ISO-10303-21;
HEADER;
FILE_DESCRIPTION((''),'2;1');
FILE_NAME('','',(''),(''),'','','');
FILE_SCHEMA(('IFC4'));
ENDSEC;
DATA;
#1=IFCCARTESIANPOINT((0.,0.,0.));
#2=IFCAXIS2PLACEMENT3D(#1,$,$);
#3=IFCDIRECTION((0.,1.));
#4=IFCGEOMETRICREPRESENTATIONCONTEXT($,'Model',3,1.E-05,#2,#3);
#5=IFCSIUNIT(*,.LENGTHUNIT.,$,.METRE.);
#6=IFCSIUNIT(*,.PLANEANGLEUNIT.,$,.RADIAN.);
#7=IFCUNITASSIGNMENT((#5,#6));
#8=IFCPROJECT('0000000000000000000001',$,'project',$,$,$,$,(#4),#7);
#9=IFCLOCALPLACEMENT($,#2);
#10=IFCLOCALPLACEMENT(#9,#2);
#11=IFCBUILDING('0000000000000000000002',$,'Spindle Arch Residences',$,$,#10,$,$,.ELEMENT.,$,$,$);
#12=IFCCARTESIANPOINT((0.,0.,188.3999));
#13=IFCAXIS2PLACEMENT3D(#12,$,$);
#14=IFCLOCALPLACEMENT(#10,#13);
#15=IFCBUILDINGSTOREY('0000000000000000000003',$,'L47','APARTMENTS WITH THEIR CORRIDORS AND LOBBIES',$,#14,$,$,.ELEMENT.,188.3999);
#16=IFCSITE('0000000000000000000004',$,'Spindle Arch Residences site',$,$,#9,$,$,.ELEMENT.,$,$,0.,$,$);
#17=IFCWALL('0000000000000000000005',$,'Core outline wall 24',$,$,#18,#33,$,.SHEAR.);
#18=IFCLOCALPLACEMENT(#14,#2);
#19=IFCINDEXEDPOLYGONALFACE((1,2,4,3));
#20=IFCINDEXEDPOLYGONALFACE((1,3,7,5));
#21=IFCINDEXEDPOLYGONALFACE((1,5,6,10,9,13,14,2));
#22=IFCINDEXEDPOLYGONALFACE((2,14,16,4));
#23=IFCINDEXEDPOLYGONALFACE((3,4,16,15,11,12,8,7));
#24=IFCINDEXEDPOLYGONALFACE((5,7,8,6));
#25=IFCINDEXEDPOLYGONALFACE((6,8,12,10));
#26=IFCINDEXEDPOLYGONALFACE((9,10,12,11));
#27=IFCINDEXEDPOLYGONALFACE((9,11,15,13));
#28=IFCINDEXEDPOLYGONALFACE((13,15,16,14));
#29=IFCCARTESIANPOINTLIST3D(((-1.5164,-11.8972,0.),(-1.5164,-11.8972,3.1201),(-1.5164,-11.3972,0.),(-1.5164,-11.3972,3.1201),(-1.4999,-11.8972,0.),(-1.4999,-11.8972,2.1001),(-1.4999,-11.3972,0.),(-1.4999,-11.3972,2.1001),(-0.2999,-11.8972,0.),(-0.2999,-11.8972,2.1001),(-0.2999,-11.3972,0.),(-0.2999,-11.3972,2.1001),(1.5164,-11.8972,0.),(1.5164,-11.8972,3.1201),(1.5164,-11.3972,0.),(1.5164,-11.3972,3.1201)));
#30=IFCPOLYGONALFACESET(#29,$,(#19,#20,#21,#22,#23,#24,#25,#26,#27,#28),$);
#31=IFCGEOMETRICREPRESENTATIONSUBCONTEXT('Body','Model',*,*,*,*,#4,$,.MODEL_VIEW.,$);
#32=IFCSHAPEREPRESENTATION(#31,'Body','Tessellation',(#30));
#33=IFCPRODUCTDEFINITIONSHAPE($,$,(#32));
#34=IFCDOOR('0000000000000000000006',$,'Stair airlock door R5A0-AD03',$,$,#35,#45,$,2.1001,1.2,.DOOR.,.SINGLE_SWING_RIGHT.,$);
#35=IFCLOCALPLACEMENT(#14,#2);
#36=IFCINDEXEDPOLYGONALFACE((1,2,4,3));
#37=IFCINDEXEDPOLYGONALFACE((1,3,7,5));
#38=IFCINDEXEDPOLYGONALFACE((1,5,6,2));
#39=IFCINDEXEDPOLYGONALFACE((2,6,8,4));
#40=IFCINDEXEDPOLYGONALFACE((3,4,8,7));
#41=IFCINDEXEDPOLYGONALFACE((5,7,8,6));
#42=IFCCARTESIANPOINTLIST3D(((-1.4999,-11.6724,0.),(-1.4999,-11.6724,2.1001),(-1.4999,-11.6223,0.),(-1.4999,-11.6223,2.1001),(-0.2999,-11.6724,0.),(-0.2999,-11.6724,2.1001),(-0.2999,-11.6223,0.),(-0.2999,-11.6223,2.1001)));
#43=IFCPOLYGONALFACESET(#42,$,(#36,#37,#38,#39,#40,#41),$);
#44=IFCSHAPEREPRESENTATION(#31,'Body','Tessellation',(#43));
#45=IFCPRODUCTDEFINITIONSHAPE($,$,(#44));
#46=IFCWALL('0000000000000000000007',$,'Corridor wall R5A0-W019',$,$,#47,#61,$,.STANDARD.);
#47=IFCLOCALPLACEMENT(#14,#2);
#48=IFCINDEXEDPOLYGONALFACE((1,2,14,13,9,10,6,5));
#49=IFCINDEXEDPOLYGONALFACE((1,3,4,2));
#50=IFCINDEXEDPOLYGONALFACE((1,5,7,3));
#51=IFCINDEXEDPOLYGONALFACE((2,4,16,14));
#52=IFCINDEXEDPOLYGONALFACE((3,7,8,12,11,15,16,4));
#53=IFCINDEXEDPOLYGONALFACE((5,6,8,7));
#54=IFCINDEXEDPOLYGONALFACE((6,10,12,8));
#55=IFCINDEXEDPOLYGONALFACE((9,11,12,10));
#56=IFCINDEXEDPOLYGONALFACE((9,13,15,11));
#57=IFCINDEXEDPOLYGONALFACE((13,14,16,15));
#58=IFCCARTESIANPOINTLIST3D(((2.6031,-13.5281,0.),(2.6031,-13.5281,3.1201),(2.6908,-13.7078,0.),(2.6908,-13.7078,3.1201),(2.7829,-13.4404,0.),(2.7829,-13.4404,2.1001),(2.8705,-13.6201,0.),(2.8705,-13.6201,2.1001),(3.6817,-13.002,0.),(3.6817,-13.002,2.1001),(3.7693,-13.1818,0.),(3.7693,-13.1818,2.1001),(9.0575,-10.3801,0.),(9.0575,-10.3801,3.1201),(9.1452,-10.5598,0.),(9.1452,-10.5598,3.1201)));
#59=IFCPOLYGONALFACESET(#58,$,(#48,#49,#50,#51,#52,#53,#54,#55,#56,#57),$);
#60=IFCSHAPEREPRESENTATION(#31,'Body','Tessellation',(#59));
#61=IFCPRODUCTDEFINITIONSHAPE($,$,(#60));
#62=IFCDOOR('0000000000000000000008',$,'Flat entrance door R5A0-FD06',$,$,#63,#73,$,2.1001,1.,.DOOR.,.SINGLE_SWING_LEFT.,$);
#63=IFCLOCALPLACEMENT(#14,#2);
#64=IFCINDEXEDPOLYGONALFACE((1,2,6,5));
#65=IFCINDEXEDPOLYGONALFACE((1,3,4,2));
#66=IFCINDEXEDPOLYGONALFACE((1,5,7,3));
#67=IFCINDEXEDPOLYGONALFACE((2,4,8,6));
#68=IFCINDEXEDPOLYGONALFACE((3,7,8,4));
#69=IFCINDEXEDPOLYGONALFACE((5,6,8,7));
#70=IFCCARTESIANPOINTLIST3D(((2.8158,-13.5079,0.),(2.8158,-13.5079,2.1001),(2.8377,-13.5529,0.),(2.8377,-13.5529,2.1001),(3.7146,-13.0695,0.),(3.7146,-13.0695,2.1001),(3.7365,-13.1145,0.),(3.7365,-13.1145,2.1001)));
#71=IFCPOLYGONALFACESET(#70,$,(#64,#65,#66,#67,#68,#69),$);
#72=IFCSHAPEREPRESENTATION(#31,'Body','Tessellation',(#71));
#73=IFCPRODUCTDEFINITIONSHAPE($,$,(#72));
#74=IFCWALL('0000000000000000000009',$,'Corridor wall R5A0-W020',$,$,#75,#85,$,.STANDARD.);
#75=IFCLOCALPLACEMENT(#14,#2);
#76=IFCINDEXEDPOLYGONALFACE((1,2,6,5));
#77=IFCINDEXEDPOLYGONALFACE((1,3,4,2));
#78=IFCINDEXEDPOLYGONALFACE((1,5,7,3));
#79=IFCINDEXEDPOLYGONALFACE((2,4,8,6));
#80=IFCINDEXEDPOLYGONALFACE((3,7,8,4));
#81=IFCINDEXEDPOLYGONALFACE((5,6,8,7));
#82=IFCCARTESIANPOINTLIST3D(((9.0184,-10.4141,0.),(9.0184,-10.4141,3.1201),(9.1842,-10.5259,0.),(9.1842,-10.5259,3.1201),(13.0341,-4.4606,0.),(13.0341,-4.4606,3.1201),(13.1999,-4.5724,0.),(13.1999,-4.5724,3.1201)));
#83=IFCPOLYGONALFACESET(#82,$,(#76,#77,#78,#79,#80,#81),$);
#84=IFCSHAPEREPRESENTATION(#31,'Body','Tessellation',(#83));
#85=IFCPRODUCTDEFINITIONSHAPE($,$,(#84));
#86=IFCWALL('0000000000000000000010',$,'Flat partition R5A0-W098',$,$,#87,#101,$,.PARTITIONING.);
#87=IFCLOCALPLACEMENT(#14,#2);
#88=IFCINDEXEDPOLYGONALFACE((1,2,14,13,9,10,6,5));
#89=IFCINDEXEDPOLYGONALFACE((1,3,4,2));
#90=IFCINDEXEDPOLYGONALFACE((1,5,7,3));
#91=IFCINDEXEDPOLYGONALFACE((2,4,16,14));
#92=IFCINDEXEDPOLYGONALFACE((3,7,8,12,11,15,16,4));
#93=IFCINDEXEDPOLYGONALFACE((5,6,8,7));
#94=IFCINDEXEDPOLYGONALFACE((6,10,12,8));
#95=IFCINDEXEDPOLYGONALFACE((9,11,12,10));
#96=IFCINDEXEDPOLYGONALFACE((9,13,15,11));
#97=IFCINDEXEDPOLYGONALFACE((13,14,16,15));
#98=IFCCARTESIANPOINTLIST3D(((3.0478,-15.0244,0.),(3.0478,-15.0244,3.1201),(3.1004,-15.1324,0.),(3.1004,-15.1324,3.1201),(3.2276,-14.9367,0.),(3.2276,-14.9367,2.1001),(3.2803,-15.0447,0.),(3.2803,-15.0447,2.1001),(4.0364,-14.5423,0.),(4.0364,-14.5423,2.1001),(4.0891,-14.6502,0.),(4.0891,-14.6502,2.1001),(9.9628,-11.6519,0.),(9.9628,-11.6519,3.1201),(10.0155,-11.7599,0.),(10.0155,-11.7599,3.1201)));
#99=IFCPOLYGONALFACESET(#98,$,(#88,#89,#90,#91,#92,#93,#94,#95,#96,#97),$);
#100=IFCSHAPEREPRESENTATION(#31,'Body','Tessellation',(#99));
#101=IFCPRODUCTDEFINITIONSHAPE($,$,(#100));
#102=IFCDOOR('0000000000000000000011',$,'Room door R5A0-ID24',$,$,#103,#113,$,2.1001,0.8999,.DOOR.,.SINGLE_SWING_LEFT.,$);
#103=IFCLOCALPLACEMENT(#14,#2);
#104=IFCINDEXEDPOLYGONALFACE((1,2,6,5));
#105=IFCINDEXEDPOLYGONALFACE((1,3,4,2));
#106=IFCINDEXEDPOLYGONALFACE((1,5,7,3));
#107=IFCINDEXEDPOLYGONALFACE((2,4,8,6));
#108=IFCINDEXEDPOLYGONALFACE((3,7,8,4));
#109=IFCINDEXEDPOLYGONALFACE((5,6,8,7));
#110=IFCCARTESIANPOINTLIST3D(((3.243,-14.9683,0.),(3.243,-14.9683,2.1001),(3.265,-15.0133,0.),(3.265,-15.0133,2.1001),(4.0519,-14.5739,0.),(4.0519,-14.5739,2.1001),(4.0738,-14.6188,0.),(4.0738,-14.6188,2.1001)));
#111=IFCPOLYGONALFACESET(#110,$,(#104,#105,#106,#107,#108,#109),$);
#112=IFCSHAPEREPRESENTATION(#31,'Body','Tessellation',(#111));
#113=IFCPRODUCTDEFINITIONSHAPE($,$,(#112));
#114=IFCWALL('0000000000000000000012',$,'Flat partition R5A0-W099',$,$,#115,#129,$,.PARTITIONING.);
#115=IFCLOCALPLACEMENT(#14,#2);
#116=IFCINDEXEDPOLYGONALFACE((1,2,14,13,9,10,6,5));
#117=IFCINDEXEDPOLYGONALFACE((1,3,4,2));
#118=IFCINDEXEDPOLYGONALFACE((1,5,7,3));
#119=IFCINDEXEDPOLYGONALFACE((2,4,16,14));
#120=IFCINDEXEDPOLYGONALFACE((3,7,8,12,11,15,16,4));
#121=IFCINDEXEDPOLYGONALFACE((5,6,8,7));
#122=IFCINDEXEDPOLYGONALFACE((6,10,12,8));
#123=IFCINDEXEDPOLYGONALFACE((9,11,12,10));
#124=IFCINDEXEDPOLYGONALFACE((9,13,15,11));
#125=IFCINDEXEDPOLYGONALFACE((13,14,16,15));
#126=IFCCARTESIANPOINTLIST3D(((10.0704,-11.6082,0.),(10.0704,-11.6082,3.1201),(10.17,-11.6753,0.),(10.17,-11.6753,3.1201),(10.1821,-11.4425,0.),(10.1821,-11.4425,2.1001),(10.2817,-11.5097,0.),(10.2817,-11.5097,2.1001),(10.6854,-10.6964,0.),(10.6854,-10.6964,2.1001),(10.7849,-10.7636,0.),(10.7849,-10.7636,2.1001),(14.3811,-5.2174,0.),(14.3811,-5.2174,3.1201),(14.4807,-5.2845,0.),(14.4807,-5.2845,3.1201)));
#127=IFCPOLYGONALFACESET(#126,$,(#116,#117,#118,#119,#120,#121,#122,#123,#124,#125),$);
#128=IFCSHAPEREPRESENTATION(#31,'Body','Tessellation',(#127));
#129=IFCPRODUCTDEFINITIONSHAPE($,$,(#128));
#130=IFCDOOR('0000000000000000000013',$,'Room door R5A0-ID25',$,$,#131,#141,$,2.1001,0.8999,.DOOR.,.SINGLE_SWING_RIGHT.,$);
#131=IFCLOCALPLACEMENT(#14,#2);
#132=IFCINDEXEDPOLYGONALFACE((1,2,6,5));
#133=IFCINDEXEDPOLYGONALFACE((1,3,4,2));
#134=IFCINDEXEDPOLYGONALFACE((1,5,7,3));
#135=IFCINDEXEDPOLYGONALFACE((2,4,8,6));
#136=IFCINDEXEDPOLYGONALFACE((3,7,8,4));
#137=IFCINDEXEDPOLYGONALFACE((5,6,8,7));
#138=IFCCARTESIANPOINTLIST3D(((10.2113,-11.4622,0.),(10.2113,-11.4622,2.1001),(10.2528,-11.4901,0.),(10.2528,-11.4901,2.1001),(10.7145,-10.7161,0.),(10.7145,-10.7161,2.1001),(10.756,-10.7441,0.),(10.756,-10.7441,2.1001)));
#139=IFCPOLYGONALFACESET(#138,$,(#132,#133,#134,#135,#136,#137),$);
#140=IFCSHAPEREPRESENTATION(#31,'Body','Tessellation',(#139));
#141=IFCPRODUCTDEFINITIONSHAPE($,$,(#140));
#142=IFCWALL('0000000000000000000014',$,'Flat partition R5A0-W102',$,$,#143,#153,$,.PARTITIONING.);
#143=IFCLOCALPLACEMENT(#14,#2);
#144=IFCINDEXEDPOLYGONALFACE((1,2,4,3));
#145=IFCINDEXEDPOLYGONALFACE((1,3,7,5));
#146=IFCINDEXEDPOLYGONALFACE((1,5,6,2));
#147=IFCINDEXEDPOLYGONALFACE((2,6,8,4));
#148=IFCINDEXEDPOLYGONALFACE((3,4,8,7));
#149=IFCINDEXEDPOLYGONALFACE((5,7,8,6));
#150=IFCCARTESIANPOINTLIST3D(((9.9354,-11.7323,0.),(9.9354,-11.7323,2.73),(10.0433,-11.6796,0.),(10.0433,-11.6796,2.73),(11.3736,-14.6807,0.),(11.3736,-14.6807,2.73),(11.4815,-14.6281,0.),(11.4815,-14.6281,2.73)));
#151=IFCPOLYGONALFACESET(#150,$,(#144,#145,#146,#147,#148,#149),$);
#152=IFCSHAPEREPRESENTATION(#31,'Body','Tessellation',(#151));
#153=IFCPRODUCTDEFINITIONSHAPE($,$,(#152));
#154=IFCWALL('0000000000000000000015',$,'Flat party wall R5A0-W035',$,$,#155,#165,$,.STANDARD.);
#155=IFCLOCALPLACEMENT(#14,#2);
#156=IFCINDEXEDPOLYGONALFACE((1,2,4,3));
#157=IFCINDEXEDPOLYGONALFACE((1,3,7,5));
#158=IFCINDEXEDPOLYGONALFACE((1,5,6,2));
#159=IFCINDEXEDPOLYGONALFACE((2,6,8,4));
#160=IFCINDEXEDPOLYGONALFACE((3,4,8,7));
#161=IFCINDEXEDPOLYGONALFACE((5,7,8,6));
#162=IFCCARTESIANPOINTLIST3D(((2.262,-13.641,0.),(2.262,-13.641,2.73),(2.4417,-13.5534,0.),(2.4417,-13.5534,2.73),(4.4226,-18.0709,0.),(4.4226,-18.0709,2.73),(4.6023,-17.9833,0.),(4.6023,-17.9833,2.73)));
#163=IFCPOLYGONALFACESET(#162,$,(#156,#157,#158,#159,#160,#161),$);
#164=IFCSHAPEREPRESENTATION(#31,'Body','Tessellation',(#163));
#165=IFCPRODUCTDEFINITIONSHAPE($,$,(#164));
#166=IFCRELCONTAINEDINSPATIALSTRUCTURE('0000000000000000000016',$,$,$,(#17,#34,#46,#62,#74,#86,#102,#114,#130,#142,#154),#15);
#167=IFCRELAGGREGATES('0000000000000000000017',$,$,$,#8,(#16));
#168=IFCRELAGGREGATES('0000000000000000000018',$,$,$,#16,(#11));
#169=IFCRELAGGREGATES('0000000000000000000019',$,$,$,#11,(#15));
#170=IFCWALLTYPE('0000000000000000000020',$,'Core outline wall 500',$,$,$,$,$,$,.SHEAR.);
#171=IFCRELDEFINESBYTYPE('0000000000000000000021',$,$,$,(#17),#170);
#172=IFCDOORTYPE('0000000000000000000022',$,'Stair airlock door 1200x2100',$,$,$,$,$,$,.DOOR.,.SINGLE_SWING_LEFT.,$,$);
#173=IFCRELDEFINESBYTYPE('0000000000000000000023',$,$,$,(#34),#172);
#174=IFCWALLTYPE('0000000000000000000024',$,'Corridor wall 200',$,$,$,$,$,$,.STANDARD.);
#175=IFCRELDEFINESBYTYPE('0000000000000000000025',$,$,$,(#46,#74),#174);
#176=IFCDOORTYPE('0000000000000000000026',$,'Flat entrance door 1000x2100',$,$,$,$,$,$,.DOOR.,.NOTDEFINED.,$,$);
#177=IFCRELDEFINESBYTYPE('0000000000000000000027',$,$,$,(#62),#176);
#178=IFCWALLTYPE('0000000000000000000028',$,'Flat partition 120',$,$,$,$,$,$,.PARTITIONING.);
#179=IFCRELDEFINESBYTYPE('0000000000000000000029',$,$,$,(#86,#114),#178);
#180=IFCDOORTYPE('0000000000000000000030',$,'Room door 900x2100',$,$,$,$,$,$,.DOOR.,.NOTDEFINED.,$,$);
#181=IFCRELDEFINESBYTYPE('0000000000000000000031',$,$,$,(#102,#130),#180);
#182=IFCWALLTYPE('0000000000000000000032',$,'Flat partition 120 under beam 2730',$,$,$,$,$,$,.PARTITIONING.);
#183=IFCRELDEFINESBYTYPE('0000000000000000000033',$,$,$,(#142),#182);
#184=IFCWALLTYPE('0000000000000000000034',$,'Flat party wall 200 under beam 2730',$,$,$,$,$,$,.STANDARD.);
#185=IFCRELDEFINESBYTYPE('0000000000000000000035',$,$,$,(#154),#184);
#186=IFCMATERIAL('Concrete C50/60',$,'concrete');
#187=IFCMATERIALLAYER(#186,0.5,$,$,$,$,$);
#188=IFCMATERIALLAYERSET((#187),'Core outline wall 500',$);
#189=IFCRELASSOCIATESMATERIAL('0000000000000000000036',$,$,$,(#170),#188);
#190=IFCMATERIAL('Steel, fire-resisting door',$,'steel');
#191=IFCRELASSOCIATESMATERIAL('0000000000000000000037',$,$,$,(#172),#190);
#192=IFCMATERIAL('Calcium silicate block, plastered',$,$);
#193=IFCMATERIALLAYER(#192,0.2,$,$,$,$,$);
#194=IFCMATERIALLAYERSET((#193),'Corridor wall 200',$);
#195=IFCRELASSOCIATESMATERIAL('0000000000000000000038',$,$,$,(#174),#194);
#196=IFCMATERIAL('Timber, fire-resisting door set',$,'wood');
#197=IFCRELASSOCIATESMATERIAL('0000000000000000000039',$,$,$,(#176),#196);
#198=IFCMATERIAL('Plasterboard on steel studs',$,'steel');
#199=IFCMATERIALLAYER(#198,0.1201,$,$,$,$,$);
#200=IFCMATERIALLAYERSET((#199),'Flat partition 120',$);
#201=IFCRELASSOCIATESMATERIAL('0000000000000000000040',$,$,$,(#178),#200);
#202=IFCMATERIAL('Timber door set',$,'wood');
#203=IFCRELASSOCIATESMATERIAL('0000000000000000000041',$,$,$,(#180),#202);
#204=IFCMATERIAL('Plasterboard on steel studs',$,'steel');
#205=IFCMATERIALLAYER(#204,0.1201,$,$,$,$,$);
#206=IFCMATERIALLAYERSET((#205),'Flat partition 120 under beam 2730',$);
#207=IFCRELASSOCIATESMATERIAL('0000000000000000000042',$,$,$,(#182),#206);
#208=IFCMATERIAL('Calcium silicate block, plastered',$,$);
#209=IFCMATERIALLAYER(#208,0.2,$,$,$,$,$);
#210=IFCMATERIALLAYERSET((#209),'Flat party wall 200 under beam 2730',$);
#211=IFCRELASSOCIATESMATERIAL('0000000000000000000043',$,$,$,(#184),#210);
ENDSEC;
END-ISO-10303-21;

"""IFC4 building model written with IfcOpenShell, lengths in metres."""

from ifc_helpers import new_model, si_unit, direction, frame, frame_2d, origin, place, context, subcontext, project, spatial, rectangle, extrude, material, layer, layer_set, type_object, element, fill, save


model = new_model("IFC4")

# Units and contexts
model_context = context("Model", 3, precision=1e-05, world=origin(), true_north=direction((0.0, 1.0)))
body_context = subcontext(model_context, "Body", "Model", "MODEL_VIEW")
ifc_project = project(units=[si_unit("LENGTHUNIT", "METRE"), si_unit("PLANEANGLEUNIT", "RADIAN")], contexts=[model_context])

# Site, building, storey
site_placement = place(None, origin())
site = spatial("IfcSite", under=ifc_project, at=site_placement, Name="Spindle Arch Residences site", CompositionType="ELEMENT", RefElevation=0.0)
building_placement = place(site_placement, origin())
building = spatial("IfcBuilding", under=site, at=building_placement, Name="Spindle Arch Residences", CompositionType="ELEMENT")
storey_placement = place(building_placement, frame((0.0, 0.0, 188.3999)))
storey = spatial("IfcBuildingStorey", under=building, at=storey_placement, Name="L47", Description="APARTMENTS WITH THEIR CORRIDORS AND LOBBIES", CompositionType="ELEMENT", Elevation=188.3999)

# Shared definitions
ifc_material_1 = material(Name="Concrete C50/60", Category="concrete")
ifc_layer_1 = layer(ifc_material_1, 0.5)
ifc_layer_set_1 = layer_set([ifc_layer_1], Name="Core outline wall 500")
wall_type_1 = type_object("IfcWallType", Name="Core outline wall 500", PredefinedType="SHEAR", material=ifc_layer_set_1)

# Walls, openings, doors
wall_1_placement = place(storey_placement, frame((-1.5164, -11.6472, 0.0), z_axis=(0.0, 0.0, 1.0), x_axis=(1.0, 0.0, 0.0)))
wall_1 = element("IfcWall", 1, at=wall_1_placement, inside=storey, type_object=wall_type_1, Name="Core outline wall 24", PredefinedType="SHEAR", context=body_context, shape_type="SweptSolid", body=[
    extrude(rectangle(XDim=3.0327, YDim=0.5, at=frame_2d((1.5164, 0.0))), origin(), (0.0, 0.0, 1.0), 3.1201),
])
opening_1_placement = place(wall_1_placement, frame((0.0164, 0.0, 0.0)))
opening_1 = element("IfcOpeningElement", 2, at=opening_1_placement, cuts=wall_1, PredefinedType="OPENING", context=body_context, shape_type="SweptSolid", body=[
    extrude(rectangle(XDim=1.2, YDim=2.1001, at=frame_2d((0.6001, 1.05))), frame((0.0, 0.26, 0.0), z_axis=(0.0, -1.0, 0.0), x_axis=(1.0, 0.0, 0.0)), (0.0, 0.0, 1.0), 0.52),
])
ifc_material_2 = material(Name="Steel, fire-resisting door", Category="steel")
door_type_1 = type_object("IfcDoorType", Name="Stair airlock door 1200x2100", OperationType="SINGLE_SWING_LEFT", PredefinedType="DOOR", material=ifc_material_2)
door_1_placement = place(opening_1_placement, origin())
door_1 = element("IfcDoor", 3, at=door_1_placement, inside=storey, type_object=door_type_1, Name="Stair airlock door R5A0-AD03", OperationType="SINGLE_SWING_RIGHT", OverallHeight=2.1001, OverallWidth=1.2, PredefinedType="DOOR", context=body_context, shape_type="SweptSolid", body=[
    extrude(rectangle(XDim=1.2, YDim=2.1001, at=frame_2d((0.6001, 1.05))), frame((0.0, 0.0249, 0.0), z_axis=(0.0, -1.0, 0.0), x_axis=(1.0, 0.0, 0.0)), (0.0, 0.0, 1.0), 0.05),
])
fill(opening_1, door_1)
ifc_material_3 = material(Name="Calcium silicate block, plastered")
ifc_layer_2 = layer(ifc_material_3, 0.2)
ifc_layer_set_2 = layer_set([ifc_layer_2], Name="Corridor wall 200")
wall_type_2 = type_object("IfcWallType", Name="Corridor wall 200", PredefinedType="STANDARD", material=ifc_layer_set_2)
wall_2_placement = place(storey_placement, frame((2.647, -13.6179, 0.0), z_axis=(0.0, 0.0, 1.0), x_axis=(0.898797, 0.438366, 0.0)))
wall_2 = element("IfcWall", 4, at=wall_2_placement, inside=storey, type_object=wall_type_2, Name="Corridor wall R5A0-W019", PredefinedType="STANDARD", context=body_context, shape_type="SweptSolid", body=[
    extrude(rectangle(XDim=7.1812, YDim=0.2, at=frame_2d((3.5906, 0.0))), origin(), (0.0, 0.0, 1.0), 3.1201),
])
opening_2_placement = place(wall_2_placement, frame((0.2, 0.0, 0.0)))
opening_2 = element("IfcOpeningElement", 5, at=opening_2_placement, cuts=wall_2, PredefinedType="OPENING", context=body_context, shape_type="SweptSolid", body=[
    extrude(rectangle(XDim=1.0, YDim=2.1001, at=frame_2d((0.5, 1.05))), frame((0.0, 0.1099, 0.0), z_axis=(0.0, -1.0, 0.0), x_axis=(1.0, 0.0, 0.0)), (0.0, 0.0, 1.0), 0.22),
])
ifc_material_4 = material(Name="Timber, fire-resisting door set", Category="wood")
door_type_2 = type_object("IfcDoorType", Name="Flat entrance door 1000x2100", OperationType="NOTDEFINED", PredefinedType="DOOR", material=ifc_material_4)
door_2_placement = place(opening_2_placement, origin())
door_2 = element("IfcDoor", 6, at=door_2_placement, inside=storey, type_object=door_type_2, Name="Flat entrance door R5A0-FD06", OperationType="SINGLE_SWING_LEFT", OverallHeight=2.1001, OverallWidth=1.0, PredefinedType="DOOR", context=body_context, shape_type="SweptSolid", body=[
    extrude(rectangle(XDim=1.0, YDim=2.1001, at=frame_2d((0.5, 1.05))), frame((0.0, 0.0249, 0.0), z_axis=(0.0, -1.0, 0.0), x_axis=(1.0, 0.0, 0.0)), (0.0, 0.0, 1.0), 0.05),
])
fill(opening_2, door_2)

# Wall
wall_3_placement = place(storey_placement, frame((9.1013, -10.47, 0.0), z_axis=(0.0, 0.0, 1.0), x_axis=(0.559195, 0.829036, 0.0)))
element("IfcWall", 7, at=wall_3_placement, inside=storey, type_object=wall_type_2, Name="Corridor wall R5A0-W020", PredefinedType="STANDARD", context=body_context, shape_type="SweptSolid", body=[
    extrude(rectangle(XDim=7.1812, YDim=0.2, at=frame_2d((3.5906, 0.0))), origin(), (0.0, 0.0, 1.0), 3.1201),
])

# Walls, openings, doors
ifc_material_5 = material(Name="Plasterboard on steel studs", Category="steel")
ifc_layer_3 = layer(ifc_material_5, 0.1201)
ifc_layer_set_3 = layer_set([ifc_layer_3], Name="Flat partition 120")
wall_type_3 = type_object("IfcWallType", Name="Flat partition 120", PredefinedType="PARTITIONING", material=ifc_layer_set_3)
wall_4_placement = place(storey_placement, frame((3.0742, -15.0784, 0.0), z_axis=(0.0, 0.0, 1.0), x_axis=(0.898801, 0.438357, 0.0)))
wall_4 = element("IfcWall", 8, at=wall_4_placement, inside=storey, type_object=wall_type_3, Name="Flat partition R5A0-W098", PredefinedType="PARTITIONING", context=body_context, shape_type="SweptSolid", body=[
    extrude(rectangle(XDim=7.6936, YDim=0.1201, at=frame_2d((3.8467, 0.0))), origin(), (0.0, 0.0, 1.0), 3.1201),
])
opening_3_placement = place(wall_4_placement, frame((0.2, 0.0, 0.0)))
opening_3 = element("IfcOpeningElement", 9, at=opening_3_placement, cuts=wall_4, PredefinedType="OPENING", context=body_context, shape_type="SweptSolid", body=[
    extrude(rectangle(XDim=0.8999, YDim=2.1001, at=frame_2d((0.45, 1.05))), frame((0.0, 0.0701, 0.0), z_axis=(0.0, -1.0, 0.0), x_axis=(1.0, 0.0, 0.0)), (0.0, 0.0, 1.0), 0.1401),
])
ifc_material_6 = material(Name="Timber door set", Category="wood")
door_type_3 = type_object("IfcDoorType", Name="Room door 900x2100", OperationType="NOTDEFINED", PredefinedType="DOOR", material=ifc_material_6)
door_3_placement = place(opening_3_placement, origin())
door_3 = element("IfcDoor", 10, at=door_3_placement, inside=storey, type_object=door_type_3, Name="Room door R5A0-ID24", OperationType="SINGLE_SWING_LEFT", OverallHeight=2.1001, OverallWidth=0.8999, PredefinedType="DOOR", context=body_context, shape_type="SweptSolid", body=[
    extrude(rectangle(XDim=0.8999, YDim=2.1001, at=frame_2d((0.45, 1.05))), frame((0.0, 0.0249, 0.0), z_axis=(0.0, -1.0, 0.0), x_axis=(1.0, 0.0, 0.0)), (0.0, 0.0, 1.0), 0.05),
])
fill(opening_3, door_3)
wall_5_placement = place(storey_placement, frame((10.1201, -11.6418, 0.0), z_axis=(0.0, 0.0, 1.0), x_axis=(0.559201, 0.829032, 0.0)))
wall_5 = element("IfcWall", 11, at=wall_5_placement, inside=storey, type_object=wall_type_3, Name="Flat partition R5A0-W099", PredefinedType="PARTITIONING", context=body_context, shape_type="SweptSolid", body=[
    extrude(rectangle(XDim=7.7087, YDim=0.1201, at=frame_2d((3.8545, 0.0))), origin(), (0.0, 0.0, 1.0), 3.1201),
])
opening_4_placement = place(wall_5_placement, frame((0.2, 0.0, 0.0)))
opening_4 = element("IfcOpeningElement", 12, at=opening_4_placement, cuts=wall_5, PredefinedType="OPENING", context=body_context, shape_type="SweptSolid", body=[
    extrude(rectangle(XDim=0.8999, YDim=2.1001, at=frame_2d((0.45, 1.05))), frame((0.0, 0.0701, 0.0), z_axis=(0.0, -1.0, 0.0), x_axis=(1.0, 0.0, 0.0)), (0.0, 0.0, 1.0), 0.1401),
])
door_4_placement = place(opening_4_placement, origin())
door_4 = element("IfcDoor", 13, at=door_4_placement, inside=storey, type_object=door_type_3, Name="Room door R5A0-ID25", OperationType="SINGLE_SWING_RIGHT", OverallHeight=2.1001, OverallWidth=0.8999, PredefinedType="DOOR", context=body_context, shape_type="SweptSolid", body=[
    extrude(rectangle(XDim=0.8999, YDim=2.1001, at=frame_2d((0.45, 1.05))), frame((0.0, 0.0249, 0.0), z_axis=(0.0, -1.0, 0.0), x_axis=(1.0, 0.0, 0.0)), (0.0, 0.0, 1.0), 0.05),
])
fill(opening_4, door_4)

# Walls
ifc_material_7 = material(Name="Plasterboard on steel studs", Category="steel")
ifc_layer_4 = layer(ifc_material_7, 0.1201)
ifc_layer_set_4 = layer_set([ifc_layer_4], Name="Flat partition 120 under beam 2730")
wall_type_4 = type_object("IfcWallType", Name="Flat partition 120 under beam 2730", PredefinedType="PARTITIONING", material=ifc_layer_set_4)
wall_6_placement = place(storey_placement, frame((11.4275, -14.6543, 0.0), z_axis=(0.0, 0.0, 1.0), x_axis=(-0.43841, 0.898775, 0.0)))
element("IfcWall", 14, at=wall_6_placement, inside=storey, type_object=wall_type_4, Name="Flat partition R5A0-W102", PredefinedType="PARTITIONING", context=body_context, shape_type="SweptSolid", body=[
    extrude(rectangle(XDim=3.2805, YDim=0.1201, at=frame_2d((1.6401, 0.0))), origin(), (0.0, 0.0, 1.0), 2.73),
])
ifc_material_8 = material(Name="Calcium silicate block, plastered")
ifc_layer_5 = layer(ifc_material_8, 0.2)
ifc_layer_set_5 = layer_set([ifc_layer_5], Name="Flat party wall 200 under beam 2730")
wall_type_5 = type_object("IfcWallType", Name="Flat party wall 200 under beam 2730", PredefinedType="STANDARD", material=ifc_layer_set_5)
wall_7_placement = place(storey_placement, frame((4.5125, -18.0271, 0.0), z_axis=(0.0, 0.0, 1.0), x_axis=(-0.438375, 0.898792, 0.0)))
element("IfcWall", 15, at=wall_7_placement, inside=storey, type_object=wall_type_5, Name="Flat party wall R5A0-W035", PredefinedType="STANDARD", context=body_context, shape_type="SweptSolid", body=[
    extrude(rectangle(XDim=4.9287, YDim=0.2, at=frame_2d((2.4644, 0.0))), origin(), (0.0, 0.0, 1.0), 2.73),
])

save(model, "model.ifc")
